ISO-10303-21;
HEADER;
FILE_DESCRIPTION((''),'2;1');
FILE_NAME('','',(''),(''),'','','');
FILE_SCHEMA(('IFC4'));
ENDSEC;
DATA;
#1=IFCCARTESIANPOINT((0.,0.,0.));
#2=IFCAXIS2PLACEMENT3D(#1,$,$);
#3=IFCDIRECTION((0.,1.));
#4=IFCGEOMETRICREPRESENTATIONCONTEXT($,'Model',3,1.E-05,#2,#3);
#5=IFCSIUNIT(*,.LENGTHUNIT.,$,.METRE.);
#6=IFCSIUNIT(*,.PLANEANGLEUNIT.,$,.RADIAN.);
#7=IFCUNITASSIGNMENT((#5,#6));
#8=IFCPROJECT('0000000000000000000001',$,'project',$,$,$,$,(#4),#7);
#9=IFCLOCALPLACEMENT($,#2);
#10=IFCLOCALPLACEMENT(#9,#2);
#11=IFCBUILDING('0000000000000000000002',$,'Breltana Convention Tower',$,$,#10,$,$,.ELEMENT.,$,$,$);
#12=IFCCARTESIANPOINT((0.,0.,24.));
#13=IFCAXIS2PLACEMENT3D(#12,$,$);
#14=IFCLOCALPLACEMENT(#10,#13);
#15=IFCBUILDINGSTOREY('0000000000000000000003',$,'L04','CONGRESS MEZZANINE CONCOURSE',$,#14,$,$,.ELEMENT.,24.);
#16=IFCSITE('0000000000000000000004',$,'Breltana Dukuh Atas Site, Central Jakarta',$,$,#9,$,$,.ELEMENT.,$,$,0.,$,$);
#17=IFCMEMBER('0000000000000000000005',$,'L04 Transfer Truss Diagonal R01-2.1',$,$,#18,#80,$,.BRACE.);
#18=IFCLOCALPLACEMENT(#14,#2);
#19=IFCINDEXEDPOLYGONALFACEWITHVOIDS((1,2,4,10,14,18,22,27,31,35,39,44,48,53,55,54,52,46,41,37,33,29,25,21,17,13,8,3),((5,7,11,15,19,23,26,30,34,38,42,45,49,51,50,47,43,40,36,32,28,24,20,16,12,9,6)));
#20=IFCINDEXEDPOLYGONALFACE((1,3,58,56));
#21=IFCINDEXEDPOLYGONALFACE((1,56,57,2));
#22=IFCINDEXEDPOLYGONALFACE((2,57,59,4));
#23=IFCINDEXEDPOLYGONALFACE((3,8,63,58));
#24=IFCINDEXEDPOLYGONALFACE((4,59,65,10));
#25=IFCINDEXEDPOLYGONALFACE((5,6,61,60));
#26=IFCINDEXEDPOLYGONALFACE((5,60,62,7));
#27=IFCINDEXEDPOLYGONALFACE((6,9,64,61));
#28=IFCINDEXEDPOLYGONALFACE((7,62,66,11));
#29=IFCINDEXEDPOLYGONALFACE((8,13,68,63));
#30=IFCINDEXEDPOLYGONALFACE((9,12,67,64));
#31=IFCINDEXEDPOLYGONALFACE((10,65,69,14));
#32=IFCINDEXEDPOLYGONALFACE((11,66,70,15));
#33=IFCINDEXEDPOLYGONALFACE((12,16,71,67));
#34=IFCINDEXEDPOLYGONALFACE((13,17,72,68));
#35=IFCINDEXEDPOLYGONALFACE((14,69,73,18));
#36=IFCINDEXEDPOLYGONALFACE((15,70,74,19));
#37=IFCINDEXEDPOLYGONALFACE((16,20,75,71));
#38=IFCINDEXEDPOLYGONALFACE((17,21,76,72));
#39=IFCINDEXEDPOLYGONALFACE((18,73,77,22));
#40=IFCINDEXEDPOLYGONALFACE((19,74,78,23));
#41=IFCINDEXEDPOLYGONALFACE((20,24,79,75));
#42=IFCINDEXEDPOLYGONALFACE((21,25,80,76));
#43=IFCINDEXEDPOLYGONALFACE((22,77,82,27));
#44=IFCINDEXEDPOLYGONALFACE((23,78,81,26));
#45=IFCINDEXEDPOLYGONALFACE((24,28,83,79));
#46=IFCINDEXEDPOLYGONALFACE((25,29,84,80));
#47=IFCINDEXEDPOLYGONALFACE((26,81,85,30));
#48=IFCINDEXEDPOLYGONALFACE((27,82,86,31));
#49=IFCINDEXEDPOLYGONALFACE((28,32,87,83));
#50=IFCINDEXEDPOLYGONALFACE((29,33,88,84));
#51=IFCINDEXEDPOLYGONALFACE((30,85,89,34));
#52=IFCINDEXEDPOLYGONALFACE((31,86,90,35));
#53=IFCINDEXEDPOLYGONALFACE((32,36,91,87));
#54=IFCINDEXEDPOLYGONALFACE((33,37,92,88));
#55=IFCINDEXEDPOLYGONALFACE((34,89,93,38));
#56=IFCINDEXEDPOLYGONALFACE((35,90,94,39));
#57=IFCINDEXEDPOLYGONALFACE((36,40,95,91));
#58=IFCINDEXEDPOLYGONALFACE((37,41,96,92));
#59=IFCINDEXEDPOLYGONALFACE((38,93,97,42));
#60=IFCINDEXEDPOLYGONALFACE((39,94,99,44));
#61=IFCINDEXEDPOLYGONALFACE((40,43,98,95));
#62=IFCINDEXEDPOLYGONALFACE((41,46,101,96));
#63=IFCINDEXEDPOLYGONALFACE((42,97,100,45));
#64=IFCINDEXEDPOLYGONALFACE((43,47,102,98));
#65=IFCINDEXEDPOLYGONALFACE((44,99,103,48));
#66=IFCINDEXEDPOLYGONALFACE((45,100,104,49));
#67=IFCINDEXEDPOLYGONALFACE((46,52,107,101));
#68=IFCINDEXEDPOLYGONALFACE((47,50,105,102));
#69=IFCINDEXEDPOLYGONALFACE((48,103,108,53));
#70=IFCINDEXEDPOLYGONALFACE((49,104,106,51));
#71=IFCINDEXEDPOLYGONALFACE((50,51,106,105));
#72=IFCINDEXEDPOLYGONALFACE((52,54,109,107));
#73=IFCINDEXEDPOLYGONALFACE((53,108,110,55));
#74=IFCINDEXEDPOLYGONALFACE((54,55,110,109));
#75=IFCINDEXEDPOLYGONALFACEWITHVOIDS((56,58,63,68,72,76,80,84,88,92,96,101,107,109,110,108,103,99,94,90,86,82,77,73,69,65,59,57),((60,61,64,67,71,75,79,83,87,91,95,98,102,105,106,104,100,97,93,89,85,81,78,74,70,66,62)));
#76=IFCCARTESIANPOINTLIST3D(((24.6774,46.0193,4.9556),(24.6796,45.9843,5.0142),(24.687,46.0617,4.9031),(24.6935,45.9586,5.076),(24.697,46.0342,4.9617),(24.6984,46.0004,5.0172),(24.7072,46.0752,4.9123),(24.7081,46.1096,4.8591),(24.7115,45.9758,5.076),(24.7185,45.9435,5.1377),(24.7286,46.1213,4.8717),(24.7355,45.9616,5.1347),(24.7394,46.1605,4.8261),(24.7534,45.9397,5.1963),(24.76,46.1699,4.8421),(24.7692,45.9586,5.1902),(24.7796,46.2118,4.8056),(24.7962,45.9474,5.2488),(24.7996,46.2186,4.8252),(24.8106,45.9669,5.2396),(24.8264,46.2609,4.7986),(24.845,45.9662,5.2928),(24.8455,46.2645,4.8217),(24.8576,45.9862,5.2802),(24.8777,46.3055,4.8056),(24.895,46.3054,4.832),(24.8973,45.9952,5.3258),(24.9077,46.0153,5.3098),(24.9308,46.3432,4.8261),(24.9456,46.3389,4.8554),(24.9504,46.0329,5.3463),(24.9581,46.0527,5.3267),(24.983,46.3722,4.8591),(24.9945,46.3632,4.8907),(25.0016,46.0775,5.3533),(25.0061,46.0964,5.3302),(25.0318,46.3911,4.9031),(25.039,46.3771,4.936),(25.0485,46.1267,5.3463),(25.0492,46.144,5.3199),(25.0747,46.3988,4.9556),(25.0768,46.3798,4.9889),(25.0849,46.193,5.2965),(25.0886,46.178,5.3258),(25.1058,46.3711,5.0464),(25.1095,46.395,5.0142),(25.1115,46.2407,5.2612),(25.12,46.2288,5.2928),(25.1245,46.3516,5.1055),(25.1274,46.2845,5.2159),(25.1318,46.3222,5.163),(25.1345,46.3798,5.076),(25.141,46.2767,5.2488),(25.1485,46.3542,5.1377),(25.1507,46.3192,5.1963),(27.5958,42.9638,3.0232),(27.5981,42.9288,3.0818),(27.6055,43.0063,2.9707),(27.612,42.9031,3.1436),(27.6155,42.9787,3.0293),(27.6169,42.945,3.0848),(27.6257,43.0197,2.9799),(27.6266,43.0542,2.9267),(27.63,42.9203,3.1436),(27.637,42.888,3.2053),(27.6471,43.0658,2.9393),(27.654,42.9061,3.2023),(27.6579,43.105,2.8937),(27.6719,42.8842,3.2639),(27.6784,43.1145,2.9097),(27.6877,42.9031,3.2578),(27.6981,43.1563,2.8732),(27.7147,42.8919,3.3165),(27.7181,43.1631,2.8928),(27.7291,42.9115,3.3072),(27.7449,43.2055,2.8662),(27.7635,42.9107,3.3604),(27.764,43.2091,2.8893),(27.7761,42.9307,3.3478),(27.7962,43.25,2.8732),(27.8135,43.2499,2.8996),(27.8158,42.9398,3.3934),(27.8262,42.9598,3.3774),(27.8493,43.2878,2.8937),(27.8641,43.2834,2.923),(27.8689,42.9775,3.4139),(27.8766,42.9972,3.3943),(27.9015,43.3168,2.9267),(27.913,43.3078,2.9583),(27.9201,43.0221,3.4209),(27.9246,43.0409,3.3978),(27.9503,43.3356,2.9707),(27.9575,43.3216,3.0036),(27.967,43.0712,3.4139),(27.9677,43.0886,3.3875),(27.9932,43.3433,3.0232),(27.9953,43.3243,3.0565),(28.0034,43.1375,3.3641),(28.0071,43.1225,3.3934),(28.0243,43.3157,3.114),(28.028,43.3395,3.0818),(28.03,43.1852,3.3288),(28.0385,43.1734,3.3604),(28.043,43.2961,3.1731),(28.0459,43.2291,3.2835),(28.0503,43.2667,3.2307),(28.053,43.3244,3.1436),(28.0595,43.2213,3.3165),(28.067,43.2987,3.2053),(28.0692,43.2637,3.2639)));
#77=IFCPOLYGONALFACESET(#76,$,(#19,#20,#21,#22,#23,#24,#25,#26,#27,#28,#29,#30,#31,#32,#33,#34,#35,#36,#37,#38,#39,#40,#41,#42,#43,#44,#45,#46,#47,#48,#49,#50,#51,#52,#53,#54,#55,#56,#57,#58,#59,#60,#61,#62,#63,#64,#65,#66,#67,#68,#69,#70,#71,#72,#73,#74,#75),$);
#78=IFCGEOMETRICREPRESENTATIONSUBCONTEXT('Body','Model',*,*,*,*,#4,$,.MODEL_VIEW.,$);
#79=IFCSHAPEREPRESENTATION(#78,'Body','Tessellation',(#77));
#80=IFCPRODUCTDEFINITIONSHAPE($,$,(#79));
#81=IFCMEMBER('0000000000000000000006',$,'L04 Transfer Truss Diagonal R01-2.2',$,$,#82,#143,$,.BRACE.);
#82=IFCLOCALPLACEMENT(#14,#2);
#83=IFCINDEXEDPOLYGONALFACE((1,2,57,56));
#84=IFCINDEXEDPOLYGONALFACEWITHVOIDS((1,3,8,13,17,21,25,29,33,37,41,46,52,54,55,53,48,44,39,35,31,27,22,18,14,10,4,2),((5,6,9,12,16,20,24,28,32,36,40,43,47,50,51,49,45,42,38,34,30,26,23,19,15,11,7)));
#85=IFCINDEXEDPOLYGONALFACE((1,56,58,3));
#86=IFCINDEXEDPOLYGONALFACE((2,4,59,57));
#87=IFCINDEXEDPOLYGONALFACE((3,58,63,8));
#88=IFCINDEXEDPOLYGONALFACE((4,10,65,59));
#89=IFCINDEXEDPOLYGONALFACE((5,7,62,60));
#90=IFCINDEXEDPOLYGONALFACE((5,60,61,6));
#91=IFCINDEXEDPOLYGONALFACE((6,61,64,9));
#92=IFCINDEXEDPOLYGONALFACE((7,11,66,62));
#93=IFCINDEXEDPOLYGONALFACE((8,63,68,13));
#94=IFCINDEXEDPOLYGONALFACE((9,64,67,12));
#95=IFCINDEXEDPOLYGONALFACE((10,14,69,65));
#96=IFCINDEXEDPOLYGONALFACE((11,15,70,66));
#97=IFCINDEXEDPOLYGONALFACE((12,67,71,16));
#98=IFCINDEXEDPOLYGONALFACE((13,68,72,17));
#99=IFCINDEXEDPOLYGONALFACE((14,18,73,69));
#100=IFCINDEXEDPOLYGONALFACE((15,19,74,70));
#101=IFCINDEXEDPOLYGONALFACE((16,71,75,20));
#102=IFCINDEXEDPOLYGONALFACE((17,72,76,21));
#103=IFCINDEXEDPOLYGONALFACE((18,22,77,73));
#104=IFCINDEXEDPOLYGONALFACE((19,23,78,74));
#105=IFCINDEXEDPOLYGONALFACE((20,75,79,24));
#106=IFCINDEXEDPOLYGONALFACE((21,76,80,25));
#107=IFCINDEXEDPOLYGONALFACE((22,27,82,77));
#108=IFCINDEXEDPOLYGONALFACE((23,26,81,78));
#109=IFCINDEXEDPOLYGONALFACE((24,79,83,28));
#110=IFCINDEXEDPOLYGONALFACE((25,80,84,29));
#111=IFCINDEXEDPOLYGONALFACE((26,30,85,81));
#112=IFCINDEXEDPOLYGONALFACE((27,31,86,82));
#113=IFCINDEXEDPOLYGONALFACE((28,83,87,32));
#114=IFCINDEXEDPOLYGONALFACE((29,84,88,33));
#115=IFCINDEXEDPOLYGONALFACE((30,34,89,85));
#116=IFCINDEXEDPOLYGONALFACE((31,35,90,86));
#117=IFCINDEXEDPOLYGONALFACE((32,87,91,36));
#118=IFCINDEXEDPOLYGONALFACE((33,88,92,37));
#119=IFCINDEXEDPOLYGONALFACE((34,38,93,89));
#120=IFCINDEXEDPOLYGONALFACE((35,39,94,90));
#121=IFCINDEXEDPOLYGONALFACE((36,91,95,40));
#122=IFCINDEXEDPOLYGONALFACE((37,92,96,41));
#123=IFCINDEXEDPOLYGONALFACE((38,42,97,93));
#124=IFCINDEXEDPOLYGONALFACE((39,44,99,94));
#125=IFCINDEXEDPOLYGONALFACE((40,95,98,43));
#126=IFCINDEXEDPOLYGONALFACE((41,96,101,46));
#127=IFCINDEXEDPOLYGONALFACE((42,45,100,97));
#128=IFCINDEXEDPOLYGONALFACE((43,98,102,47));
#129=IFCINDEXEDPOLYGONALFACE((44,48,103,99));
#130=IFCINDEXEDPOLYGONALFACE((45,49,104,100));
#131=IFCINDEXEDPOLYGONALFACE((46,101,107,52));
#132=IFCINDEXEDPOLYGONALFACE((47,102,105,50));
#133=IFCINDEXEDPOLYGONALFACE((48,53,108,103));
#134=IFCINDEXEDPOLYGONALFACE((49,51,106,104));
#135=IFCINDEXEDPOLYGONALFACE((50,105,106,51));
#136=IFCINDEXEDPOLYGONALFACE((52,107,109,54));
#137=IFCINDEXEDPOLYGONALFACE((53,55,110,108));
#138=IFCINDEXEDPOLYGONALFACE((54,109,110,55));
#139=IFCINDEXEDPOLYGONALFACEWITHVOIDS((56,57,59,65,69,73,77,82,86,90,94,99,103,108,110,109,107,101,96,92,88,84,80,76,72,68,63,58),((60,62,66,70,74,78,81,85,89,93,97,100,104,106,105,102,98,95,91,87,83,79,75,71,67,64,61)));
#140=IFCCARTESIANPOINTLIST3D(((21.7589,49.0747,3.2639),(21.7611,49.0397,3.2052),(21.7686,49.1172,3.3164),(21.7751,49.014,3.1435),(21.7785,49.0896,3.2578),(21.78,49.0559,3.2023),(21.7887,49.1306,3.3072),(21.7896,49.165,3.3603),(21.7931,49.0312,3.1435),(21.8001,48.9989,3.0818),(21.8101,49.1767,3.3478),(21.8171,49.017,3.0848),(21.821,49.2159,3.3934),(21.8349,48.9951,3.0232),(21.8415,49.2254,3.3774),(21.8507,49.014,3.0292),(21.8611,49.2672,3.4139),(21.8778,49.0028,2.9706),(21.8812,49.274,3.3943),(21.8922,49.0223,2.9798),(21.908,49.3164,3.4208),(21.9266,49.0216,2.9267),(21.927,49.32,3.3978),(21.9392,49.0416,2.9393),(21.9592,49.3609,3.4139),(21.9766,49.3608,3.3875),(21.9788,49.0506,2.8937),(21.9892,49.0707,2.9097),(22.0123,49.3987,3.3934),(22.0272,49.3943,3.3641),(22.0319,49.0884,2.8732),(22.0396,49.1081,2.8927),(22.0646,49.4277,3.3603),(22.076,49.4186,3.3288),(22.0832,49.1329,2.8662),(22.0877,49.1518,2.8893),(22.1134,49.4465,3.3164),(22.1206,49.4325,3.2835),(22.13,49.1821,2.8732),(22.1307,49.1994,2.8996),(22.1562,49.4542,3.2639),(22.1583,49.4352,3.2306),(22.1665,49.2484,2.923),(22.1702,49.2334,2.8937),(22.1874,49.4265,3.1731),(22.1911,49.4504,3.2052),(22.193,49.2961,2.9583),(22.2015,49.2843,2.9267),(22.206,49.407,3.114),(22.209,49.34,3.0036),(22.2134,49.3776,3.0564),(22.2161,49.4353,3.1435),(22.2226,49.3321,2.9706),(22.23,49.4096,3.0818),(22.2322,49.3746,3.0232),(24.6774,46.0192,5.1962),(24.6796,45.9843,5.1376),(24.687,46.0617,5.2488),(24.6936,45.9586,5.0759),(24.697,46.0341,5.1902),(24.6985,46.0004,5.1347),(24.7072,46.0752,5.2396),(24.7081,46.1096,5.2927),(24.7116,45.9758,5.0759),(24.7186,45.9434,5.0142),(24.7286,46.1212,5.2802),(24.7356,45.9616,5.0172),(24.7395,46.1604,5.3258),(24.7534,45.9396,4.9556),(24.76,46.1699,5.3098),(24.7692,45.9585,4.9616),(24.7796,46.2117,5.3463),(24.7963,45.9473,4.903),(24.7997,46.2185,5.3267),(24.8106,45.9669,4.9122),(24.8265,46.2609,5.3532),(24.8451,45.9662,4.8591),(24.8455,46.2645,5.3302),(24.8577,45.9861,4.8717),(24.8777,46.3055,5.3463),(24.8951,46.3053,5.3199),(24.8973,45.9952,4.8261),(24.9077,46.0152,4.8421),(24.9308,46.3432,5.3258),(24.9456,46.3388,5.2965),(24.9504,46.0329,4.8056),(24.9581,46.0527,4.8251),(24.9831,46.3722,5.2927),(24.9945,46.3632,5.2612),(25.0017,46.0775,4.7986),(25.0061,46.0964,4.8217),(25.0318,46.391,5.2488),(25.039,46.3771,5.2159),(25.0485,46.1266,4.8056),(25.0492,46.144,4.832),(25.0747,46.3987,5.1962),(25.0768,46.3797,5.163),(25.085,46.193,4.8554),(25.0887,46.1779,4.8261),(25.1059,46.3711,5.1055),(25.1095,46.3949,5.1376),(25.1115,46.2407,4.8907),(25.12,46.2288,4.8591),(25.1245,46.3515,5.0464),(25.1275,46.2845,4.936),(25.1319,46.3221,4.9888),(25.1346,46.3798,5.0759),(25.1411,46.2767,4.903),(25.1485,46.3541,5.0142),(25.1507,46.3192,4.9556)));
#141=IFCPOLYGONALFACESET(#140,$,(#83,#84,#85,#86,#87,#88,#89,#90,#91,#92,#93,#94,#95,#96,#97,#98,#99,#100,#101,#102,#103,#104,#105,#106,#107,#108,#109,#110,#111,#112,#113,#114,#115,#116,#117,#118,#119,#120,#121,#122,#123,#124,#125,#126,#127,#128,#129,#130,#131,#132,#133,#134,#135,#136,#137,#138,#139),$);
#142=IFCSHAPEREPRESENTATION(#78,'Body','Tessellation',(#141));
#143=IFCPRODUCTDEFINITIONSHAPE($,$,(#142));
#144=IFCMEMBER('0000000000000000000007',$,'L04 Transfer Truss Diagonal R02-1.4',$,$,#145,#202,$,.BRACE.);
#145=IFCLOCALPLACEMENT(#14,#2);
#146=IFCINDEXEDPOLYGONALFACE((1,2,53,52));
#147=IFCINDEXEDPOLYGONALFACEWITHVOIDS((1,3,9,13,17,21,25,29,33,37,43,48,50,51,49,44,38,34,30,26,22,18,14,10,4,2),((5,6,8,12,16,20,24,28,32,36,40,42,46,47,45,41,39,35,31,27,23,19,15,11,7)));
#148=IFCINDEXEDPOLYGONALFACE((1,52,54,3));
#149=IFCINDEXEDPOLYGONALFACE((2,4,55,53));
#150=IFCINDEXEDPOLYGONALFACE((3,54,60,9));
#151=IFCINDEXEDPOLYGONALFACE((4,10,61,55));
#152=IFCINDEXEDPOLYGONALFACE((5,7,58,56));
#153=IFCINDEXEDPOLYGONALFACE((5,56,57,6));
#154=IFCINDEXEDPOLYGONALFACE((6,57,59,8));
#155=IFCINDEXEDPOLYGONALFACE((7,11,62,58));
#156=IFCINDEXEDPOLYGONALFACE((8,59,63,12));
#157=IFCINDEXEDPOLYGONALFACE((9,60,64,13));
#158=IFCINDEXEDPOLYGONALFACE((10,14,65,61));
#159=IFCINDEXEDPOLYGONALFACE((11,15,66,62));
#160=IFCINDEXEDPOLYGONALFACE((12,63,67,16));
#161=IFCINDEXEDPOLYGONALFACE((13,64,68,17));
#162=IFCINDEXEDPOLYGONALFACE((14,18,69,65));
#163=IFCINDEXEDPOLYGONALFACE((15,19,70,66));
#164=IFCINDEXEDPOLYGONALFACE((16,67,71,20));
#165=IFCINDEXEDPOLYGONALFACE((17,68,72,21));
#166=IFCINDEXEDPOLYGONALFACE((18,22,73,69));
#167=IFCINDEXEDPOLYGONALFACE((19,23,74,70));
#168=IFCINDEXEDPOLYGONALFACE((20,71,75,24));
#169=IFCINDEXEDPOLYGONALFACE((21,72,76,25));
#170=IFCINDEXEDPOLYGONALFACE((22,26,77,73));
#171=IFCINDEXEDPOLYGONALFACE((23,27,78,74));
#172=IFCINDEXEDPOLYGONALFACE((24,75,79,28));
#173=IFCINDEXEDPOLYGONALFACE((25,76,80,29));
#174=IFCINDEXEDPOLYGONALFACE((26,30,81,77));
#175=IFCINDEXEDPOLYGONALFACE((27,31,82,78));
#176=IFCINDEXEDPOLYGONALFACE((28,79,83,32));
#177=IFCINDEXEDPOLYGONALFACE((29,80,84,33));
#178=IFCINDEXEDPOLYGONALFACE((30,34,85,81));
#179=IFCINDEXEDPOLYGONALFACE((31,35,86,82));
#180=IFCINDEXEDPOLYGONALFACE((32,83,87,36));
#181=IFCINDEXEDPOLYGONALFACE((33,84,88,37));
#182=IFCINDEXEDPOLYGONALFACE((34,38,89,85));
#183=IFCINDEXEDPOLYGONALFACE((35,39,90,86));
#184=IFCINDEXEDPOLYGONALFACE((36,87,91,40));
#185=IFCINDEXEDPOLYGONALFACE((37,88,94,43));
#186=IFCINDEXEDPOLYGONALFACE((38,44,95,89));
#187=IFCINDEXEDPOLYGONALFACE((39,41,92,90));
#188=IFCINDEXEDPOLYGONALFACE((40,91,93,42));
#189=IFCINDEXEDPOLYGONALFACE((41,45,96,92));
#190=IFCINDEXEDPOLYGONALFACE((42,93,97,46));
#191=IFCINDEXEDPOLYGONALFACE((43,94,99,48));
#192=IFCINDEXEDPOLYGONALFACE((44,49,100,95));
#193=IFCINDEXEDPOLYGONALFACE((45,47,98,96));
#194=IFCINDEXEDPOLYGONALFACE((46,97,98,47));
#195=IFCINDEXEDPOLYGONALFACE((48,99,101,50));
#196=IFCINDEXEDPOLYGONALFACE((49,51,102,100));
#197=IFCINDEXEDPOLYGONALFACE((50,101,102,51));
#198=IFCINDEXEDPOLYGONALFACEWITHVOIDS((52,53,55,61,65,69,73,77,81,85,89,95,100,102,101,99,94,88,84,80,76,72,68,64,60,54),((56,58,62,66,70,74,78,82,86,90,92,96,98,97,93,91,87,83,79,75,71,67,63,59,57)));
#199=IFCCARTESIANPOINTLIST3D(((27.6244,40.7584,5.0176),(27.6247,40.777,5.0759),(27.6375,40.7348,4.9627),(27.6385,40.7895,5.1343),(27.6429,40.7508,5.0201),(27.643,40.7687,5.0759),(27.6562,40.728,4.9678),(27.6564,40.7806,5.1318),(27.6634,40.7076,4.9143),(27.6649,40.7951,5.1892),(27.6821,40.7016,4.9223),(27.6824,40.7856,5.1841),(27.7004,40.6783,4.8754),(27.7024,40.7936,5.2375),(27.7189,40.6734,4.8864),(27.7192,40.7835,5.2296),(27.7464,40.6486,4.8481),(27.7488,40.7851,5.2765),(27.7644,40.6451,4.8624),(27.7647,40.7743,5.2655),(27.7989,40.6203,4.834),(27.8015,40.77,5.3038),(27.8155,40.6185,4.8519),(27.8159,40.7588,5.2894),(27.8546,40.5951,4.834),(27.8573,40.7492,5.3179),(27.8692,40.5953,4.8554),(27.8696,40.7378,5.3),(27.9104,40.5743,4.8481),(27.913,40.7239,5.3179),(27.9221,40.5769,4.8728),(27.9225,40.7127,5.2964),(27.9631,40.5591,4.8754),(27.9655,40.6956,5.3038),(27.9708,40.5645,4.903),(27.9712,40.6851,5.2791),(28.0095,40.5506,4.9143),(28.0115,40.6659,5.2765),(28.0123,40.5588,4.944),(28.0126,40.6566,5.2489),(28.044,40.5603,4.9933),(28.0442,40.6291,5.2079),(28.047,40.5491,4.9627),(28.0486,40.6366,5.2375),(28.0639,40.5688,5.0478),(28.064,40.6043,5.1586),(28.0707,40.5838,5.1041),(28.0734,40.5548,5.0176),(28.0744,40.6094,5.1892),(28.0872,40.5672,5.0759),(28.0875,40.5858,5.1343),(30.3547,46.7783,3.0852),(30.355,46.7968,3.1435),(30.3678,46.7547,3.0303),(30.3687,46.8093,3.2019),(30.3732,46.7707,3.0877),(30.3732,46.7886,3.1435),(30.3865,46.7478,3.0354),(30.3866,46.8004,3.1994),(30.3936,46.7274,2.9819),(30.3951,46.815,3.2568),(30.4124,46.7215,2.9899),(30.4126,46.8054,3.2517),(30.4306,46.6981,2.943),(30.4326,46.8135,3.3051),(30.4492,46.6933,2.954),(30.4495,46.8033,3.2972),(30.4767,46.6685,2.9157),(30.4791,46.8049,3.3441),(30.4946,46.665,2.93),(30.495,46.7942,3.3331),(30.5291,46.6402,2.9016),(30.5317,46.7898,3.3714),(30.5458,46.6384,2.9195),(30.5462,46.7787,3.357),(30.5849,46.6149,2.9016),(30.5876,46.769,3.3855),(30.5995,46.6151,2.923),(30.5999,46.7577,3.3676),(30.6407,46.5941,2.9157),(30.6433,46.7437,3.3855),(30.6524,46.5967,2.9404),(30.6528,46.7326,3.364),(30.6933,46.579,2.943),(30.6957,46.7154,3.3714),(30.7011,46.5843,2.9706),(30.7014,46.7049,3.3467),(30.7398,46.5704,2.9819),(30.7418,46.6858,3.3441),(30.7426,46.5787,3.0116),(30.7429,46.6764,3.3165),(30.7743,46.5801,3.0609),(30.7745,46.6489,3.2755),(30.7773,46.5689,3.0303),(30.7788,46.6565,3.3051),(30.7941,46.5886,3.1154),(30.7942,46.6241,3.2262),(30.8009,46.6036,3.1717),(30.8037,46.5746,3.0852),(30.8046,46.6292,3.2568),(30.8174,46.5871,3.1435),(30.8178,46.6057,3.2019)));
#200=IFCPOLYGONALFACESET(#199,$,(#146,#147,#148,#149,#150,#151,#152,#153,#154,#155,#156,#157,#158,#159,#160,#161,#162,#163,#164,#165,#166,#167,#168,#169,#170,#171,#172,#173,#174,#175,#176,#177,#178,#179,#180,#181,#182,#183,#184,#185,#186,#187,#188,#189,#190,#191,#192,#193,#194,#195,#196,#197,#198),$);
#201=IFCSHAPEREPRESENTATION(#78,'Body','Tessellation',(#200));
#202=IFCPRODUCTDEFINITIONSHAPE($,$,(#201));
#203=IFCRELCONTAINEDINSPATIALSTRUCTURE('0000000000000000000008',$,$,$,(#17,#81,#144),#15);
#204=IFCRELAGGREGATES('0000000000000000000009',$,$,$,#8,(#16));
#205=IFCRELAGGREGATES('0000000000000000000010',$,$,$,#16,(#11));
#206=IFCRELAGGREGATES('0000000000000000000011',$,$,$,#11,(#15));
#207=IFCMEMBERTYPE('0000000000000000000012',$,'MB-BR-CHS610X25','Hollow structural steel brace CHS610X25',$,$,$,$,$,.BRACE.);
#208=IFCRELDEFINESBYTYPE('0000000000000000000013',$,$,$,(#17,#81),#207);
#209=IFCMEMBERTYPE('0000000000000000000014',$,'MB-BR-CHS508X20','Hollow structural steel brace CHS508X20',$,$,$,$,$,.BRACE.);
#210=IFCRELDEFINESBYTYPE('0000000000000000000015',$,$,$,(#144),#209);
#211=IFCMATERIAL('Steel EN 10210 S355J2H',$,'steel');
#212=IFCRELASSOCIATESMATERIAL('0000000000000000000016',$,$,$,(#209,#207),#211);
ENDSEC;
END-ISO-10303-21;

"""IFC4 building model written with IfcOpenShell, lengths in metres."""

from ifc_helpers import new_model, si_unit, direction, frame, origin, origin_2d, place, context, subcontext, project, spatial, hollow_circle, extrude, source, transform, mapped, material, material_profile, profile_set, type_object, type_shapes, element, save


model = new_model("IFC4")

# Units and contexts
model_context = context("Model", 3, precision=1e-05, world=origin(), true_north=direction((0.0, 1.0)))
body_context = subcontext(model_context, "Body", "Model", "MODEL_VIEW")
ifc_project = project(units=[si_unit("LENGTHUNIT", "METRE"), si_unit("PLANEANGLEUNIT", "RADIAN")], contexts=[model_context])

# Site, building, storey
site_placement = place(None, origin())
site = spatial("IfcSite", under=ifc_project, at=site_placement, Name="Breltana Dukuh Atas Site, Central Jakarta", CompositionType="ELEMENT", RefElevation=0.0)
building_placement = place(site_placement, origin())
building = spatial("IfcBuilding", under=site, at=building_placement, Name="Breltana Convention Tower", CompositionType="ELEMENT")
storey_placement = place(building_placement, frame((0.0, 0.0, 24.0)))
storey = spatial("IfcBuildingStorey", under=building, at=storey_placement, Name="L04", Description="CONGRESS MEZZANINE CONCOURSE", CompositionType="ELEMENT", Elevation=24.0)

# Shared definitions
ifc_material_1 = material(Name="Steel EN 10210 S355J2H", Category="steel")
ifc_material_profile_1 = material_profile(ifc_material_1, hollow_circle(Radius=0.2539, WallThickness=0.02, at=origin_2d()), Name="CHS508X20")
ifc_profile_set_1 = profile_set([ifc_material_profile_1], Name="Steel EN 10210 S355J2H")
member_type_1 = type_object("IfcMemberType", Name="MB-BR-CHS508X20", Description="Hollow structural steel brace CHS508X20", PredefinedType="BRACE", material=ifc_profile_set_1)

# Members
ifc_material_profile_2 = material_profile(ifc_material_1, hollow_circle(Radius=0.3049, WallThickness=0.0249, at=origin_2d()), Name="CHS610X25")
ifc_profile_set_2 = profile_set([ifc_material_profile_2], Name="Steel EN 10210 S355J2H")
member_type_2 = type_object("IfcMemberType", Name="MB-BR-CHS610X25", Description="Hollow structural steel brace CHS610X25", PredefinedType="BRACE", material=ifc_profile_set_2)
shared_shape_1 = source(origin(), body_context, "Body", "SweptSolid", [
    extrude(hollow_circle(Radius=0.3049, WallThickness=0.0249, at=origin_2d()), origin(), (0.0, 0.0, 1.0), 4.6462),
])
type_shapes(member_type_2, [shared_shape_1])
for number, where, z_axis, x_axis, name in (
    (1, (27.8325, 43.1138, 3.1436), (-0.62814, 0.657619, 0.415905), (-0.723129, -0.690713, 0.0), "L04 Transfer Truss Diagonal R01-2.1"),
    (2, (24.9141, 46.1692, 5.0759), (-0.62814, 0.657619, -0.415905), (-0.723129, -0.690713, 0.0), "L04 Transfer Truss Diagonal R01-2.2"),
):
    element("IfcMember", number, at=place(storey_placement, frame(where, z_axis=z_axis, x_axis=x_axis)), inside=storey, type_object=member_type_2, Name=name, PredefinedType="BRACE", context=body_context, shape_type="MappedRepresentation", body=[
        mapped(shared_shape_1, transform((0.0, 0.0, 0.0), scale=1.0)),
    ])
shared_shape_2 = source(origin(), body_context, "Body", "SweptSolid", [
    extrude(hollow_circle(Radius=0.2539, WallThickness=0.02, at=origin_2d()), origin(), (0.0, 0.0, 1.0), 6.8867),
])
member_1_placement = place(storey_placement, frame((27.856, 40.6721, 5.0759), z_axis=(0.396452, 0.874123, -0.280597), x_axis=(-0.91071, 0.413046, 0.0)))
element("IfcMember", 3, at=member_1_placement, inside=storey, type_object=member_type_1, Name="L04 Transfer Truss Diagonal R02-1.4", PredefinedType="BRACE", context=body_context, shape_type="MappedRepresentation", body=[
    mapped(shared_shape_2, transform((0.0, 0.0, 0.0), scale=1.0)),
])

save(model, "model.ifc")
